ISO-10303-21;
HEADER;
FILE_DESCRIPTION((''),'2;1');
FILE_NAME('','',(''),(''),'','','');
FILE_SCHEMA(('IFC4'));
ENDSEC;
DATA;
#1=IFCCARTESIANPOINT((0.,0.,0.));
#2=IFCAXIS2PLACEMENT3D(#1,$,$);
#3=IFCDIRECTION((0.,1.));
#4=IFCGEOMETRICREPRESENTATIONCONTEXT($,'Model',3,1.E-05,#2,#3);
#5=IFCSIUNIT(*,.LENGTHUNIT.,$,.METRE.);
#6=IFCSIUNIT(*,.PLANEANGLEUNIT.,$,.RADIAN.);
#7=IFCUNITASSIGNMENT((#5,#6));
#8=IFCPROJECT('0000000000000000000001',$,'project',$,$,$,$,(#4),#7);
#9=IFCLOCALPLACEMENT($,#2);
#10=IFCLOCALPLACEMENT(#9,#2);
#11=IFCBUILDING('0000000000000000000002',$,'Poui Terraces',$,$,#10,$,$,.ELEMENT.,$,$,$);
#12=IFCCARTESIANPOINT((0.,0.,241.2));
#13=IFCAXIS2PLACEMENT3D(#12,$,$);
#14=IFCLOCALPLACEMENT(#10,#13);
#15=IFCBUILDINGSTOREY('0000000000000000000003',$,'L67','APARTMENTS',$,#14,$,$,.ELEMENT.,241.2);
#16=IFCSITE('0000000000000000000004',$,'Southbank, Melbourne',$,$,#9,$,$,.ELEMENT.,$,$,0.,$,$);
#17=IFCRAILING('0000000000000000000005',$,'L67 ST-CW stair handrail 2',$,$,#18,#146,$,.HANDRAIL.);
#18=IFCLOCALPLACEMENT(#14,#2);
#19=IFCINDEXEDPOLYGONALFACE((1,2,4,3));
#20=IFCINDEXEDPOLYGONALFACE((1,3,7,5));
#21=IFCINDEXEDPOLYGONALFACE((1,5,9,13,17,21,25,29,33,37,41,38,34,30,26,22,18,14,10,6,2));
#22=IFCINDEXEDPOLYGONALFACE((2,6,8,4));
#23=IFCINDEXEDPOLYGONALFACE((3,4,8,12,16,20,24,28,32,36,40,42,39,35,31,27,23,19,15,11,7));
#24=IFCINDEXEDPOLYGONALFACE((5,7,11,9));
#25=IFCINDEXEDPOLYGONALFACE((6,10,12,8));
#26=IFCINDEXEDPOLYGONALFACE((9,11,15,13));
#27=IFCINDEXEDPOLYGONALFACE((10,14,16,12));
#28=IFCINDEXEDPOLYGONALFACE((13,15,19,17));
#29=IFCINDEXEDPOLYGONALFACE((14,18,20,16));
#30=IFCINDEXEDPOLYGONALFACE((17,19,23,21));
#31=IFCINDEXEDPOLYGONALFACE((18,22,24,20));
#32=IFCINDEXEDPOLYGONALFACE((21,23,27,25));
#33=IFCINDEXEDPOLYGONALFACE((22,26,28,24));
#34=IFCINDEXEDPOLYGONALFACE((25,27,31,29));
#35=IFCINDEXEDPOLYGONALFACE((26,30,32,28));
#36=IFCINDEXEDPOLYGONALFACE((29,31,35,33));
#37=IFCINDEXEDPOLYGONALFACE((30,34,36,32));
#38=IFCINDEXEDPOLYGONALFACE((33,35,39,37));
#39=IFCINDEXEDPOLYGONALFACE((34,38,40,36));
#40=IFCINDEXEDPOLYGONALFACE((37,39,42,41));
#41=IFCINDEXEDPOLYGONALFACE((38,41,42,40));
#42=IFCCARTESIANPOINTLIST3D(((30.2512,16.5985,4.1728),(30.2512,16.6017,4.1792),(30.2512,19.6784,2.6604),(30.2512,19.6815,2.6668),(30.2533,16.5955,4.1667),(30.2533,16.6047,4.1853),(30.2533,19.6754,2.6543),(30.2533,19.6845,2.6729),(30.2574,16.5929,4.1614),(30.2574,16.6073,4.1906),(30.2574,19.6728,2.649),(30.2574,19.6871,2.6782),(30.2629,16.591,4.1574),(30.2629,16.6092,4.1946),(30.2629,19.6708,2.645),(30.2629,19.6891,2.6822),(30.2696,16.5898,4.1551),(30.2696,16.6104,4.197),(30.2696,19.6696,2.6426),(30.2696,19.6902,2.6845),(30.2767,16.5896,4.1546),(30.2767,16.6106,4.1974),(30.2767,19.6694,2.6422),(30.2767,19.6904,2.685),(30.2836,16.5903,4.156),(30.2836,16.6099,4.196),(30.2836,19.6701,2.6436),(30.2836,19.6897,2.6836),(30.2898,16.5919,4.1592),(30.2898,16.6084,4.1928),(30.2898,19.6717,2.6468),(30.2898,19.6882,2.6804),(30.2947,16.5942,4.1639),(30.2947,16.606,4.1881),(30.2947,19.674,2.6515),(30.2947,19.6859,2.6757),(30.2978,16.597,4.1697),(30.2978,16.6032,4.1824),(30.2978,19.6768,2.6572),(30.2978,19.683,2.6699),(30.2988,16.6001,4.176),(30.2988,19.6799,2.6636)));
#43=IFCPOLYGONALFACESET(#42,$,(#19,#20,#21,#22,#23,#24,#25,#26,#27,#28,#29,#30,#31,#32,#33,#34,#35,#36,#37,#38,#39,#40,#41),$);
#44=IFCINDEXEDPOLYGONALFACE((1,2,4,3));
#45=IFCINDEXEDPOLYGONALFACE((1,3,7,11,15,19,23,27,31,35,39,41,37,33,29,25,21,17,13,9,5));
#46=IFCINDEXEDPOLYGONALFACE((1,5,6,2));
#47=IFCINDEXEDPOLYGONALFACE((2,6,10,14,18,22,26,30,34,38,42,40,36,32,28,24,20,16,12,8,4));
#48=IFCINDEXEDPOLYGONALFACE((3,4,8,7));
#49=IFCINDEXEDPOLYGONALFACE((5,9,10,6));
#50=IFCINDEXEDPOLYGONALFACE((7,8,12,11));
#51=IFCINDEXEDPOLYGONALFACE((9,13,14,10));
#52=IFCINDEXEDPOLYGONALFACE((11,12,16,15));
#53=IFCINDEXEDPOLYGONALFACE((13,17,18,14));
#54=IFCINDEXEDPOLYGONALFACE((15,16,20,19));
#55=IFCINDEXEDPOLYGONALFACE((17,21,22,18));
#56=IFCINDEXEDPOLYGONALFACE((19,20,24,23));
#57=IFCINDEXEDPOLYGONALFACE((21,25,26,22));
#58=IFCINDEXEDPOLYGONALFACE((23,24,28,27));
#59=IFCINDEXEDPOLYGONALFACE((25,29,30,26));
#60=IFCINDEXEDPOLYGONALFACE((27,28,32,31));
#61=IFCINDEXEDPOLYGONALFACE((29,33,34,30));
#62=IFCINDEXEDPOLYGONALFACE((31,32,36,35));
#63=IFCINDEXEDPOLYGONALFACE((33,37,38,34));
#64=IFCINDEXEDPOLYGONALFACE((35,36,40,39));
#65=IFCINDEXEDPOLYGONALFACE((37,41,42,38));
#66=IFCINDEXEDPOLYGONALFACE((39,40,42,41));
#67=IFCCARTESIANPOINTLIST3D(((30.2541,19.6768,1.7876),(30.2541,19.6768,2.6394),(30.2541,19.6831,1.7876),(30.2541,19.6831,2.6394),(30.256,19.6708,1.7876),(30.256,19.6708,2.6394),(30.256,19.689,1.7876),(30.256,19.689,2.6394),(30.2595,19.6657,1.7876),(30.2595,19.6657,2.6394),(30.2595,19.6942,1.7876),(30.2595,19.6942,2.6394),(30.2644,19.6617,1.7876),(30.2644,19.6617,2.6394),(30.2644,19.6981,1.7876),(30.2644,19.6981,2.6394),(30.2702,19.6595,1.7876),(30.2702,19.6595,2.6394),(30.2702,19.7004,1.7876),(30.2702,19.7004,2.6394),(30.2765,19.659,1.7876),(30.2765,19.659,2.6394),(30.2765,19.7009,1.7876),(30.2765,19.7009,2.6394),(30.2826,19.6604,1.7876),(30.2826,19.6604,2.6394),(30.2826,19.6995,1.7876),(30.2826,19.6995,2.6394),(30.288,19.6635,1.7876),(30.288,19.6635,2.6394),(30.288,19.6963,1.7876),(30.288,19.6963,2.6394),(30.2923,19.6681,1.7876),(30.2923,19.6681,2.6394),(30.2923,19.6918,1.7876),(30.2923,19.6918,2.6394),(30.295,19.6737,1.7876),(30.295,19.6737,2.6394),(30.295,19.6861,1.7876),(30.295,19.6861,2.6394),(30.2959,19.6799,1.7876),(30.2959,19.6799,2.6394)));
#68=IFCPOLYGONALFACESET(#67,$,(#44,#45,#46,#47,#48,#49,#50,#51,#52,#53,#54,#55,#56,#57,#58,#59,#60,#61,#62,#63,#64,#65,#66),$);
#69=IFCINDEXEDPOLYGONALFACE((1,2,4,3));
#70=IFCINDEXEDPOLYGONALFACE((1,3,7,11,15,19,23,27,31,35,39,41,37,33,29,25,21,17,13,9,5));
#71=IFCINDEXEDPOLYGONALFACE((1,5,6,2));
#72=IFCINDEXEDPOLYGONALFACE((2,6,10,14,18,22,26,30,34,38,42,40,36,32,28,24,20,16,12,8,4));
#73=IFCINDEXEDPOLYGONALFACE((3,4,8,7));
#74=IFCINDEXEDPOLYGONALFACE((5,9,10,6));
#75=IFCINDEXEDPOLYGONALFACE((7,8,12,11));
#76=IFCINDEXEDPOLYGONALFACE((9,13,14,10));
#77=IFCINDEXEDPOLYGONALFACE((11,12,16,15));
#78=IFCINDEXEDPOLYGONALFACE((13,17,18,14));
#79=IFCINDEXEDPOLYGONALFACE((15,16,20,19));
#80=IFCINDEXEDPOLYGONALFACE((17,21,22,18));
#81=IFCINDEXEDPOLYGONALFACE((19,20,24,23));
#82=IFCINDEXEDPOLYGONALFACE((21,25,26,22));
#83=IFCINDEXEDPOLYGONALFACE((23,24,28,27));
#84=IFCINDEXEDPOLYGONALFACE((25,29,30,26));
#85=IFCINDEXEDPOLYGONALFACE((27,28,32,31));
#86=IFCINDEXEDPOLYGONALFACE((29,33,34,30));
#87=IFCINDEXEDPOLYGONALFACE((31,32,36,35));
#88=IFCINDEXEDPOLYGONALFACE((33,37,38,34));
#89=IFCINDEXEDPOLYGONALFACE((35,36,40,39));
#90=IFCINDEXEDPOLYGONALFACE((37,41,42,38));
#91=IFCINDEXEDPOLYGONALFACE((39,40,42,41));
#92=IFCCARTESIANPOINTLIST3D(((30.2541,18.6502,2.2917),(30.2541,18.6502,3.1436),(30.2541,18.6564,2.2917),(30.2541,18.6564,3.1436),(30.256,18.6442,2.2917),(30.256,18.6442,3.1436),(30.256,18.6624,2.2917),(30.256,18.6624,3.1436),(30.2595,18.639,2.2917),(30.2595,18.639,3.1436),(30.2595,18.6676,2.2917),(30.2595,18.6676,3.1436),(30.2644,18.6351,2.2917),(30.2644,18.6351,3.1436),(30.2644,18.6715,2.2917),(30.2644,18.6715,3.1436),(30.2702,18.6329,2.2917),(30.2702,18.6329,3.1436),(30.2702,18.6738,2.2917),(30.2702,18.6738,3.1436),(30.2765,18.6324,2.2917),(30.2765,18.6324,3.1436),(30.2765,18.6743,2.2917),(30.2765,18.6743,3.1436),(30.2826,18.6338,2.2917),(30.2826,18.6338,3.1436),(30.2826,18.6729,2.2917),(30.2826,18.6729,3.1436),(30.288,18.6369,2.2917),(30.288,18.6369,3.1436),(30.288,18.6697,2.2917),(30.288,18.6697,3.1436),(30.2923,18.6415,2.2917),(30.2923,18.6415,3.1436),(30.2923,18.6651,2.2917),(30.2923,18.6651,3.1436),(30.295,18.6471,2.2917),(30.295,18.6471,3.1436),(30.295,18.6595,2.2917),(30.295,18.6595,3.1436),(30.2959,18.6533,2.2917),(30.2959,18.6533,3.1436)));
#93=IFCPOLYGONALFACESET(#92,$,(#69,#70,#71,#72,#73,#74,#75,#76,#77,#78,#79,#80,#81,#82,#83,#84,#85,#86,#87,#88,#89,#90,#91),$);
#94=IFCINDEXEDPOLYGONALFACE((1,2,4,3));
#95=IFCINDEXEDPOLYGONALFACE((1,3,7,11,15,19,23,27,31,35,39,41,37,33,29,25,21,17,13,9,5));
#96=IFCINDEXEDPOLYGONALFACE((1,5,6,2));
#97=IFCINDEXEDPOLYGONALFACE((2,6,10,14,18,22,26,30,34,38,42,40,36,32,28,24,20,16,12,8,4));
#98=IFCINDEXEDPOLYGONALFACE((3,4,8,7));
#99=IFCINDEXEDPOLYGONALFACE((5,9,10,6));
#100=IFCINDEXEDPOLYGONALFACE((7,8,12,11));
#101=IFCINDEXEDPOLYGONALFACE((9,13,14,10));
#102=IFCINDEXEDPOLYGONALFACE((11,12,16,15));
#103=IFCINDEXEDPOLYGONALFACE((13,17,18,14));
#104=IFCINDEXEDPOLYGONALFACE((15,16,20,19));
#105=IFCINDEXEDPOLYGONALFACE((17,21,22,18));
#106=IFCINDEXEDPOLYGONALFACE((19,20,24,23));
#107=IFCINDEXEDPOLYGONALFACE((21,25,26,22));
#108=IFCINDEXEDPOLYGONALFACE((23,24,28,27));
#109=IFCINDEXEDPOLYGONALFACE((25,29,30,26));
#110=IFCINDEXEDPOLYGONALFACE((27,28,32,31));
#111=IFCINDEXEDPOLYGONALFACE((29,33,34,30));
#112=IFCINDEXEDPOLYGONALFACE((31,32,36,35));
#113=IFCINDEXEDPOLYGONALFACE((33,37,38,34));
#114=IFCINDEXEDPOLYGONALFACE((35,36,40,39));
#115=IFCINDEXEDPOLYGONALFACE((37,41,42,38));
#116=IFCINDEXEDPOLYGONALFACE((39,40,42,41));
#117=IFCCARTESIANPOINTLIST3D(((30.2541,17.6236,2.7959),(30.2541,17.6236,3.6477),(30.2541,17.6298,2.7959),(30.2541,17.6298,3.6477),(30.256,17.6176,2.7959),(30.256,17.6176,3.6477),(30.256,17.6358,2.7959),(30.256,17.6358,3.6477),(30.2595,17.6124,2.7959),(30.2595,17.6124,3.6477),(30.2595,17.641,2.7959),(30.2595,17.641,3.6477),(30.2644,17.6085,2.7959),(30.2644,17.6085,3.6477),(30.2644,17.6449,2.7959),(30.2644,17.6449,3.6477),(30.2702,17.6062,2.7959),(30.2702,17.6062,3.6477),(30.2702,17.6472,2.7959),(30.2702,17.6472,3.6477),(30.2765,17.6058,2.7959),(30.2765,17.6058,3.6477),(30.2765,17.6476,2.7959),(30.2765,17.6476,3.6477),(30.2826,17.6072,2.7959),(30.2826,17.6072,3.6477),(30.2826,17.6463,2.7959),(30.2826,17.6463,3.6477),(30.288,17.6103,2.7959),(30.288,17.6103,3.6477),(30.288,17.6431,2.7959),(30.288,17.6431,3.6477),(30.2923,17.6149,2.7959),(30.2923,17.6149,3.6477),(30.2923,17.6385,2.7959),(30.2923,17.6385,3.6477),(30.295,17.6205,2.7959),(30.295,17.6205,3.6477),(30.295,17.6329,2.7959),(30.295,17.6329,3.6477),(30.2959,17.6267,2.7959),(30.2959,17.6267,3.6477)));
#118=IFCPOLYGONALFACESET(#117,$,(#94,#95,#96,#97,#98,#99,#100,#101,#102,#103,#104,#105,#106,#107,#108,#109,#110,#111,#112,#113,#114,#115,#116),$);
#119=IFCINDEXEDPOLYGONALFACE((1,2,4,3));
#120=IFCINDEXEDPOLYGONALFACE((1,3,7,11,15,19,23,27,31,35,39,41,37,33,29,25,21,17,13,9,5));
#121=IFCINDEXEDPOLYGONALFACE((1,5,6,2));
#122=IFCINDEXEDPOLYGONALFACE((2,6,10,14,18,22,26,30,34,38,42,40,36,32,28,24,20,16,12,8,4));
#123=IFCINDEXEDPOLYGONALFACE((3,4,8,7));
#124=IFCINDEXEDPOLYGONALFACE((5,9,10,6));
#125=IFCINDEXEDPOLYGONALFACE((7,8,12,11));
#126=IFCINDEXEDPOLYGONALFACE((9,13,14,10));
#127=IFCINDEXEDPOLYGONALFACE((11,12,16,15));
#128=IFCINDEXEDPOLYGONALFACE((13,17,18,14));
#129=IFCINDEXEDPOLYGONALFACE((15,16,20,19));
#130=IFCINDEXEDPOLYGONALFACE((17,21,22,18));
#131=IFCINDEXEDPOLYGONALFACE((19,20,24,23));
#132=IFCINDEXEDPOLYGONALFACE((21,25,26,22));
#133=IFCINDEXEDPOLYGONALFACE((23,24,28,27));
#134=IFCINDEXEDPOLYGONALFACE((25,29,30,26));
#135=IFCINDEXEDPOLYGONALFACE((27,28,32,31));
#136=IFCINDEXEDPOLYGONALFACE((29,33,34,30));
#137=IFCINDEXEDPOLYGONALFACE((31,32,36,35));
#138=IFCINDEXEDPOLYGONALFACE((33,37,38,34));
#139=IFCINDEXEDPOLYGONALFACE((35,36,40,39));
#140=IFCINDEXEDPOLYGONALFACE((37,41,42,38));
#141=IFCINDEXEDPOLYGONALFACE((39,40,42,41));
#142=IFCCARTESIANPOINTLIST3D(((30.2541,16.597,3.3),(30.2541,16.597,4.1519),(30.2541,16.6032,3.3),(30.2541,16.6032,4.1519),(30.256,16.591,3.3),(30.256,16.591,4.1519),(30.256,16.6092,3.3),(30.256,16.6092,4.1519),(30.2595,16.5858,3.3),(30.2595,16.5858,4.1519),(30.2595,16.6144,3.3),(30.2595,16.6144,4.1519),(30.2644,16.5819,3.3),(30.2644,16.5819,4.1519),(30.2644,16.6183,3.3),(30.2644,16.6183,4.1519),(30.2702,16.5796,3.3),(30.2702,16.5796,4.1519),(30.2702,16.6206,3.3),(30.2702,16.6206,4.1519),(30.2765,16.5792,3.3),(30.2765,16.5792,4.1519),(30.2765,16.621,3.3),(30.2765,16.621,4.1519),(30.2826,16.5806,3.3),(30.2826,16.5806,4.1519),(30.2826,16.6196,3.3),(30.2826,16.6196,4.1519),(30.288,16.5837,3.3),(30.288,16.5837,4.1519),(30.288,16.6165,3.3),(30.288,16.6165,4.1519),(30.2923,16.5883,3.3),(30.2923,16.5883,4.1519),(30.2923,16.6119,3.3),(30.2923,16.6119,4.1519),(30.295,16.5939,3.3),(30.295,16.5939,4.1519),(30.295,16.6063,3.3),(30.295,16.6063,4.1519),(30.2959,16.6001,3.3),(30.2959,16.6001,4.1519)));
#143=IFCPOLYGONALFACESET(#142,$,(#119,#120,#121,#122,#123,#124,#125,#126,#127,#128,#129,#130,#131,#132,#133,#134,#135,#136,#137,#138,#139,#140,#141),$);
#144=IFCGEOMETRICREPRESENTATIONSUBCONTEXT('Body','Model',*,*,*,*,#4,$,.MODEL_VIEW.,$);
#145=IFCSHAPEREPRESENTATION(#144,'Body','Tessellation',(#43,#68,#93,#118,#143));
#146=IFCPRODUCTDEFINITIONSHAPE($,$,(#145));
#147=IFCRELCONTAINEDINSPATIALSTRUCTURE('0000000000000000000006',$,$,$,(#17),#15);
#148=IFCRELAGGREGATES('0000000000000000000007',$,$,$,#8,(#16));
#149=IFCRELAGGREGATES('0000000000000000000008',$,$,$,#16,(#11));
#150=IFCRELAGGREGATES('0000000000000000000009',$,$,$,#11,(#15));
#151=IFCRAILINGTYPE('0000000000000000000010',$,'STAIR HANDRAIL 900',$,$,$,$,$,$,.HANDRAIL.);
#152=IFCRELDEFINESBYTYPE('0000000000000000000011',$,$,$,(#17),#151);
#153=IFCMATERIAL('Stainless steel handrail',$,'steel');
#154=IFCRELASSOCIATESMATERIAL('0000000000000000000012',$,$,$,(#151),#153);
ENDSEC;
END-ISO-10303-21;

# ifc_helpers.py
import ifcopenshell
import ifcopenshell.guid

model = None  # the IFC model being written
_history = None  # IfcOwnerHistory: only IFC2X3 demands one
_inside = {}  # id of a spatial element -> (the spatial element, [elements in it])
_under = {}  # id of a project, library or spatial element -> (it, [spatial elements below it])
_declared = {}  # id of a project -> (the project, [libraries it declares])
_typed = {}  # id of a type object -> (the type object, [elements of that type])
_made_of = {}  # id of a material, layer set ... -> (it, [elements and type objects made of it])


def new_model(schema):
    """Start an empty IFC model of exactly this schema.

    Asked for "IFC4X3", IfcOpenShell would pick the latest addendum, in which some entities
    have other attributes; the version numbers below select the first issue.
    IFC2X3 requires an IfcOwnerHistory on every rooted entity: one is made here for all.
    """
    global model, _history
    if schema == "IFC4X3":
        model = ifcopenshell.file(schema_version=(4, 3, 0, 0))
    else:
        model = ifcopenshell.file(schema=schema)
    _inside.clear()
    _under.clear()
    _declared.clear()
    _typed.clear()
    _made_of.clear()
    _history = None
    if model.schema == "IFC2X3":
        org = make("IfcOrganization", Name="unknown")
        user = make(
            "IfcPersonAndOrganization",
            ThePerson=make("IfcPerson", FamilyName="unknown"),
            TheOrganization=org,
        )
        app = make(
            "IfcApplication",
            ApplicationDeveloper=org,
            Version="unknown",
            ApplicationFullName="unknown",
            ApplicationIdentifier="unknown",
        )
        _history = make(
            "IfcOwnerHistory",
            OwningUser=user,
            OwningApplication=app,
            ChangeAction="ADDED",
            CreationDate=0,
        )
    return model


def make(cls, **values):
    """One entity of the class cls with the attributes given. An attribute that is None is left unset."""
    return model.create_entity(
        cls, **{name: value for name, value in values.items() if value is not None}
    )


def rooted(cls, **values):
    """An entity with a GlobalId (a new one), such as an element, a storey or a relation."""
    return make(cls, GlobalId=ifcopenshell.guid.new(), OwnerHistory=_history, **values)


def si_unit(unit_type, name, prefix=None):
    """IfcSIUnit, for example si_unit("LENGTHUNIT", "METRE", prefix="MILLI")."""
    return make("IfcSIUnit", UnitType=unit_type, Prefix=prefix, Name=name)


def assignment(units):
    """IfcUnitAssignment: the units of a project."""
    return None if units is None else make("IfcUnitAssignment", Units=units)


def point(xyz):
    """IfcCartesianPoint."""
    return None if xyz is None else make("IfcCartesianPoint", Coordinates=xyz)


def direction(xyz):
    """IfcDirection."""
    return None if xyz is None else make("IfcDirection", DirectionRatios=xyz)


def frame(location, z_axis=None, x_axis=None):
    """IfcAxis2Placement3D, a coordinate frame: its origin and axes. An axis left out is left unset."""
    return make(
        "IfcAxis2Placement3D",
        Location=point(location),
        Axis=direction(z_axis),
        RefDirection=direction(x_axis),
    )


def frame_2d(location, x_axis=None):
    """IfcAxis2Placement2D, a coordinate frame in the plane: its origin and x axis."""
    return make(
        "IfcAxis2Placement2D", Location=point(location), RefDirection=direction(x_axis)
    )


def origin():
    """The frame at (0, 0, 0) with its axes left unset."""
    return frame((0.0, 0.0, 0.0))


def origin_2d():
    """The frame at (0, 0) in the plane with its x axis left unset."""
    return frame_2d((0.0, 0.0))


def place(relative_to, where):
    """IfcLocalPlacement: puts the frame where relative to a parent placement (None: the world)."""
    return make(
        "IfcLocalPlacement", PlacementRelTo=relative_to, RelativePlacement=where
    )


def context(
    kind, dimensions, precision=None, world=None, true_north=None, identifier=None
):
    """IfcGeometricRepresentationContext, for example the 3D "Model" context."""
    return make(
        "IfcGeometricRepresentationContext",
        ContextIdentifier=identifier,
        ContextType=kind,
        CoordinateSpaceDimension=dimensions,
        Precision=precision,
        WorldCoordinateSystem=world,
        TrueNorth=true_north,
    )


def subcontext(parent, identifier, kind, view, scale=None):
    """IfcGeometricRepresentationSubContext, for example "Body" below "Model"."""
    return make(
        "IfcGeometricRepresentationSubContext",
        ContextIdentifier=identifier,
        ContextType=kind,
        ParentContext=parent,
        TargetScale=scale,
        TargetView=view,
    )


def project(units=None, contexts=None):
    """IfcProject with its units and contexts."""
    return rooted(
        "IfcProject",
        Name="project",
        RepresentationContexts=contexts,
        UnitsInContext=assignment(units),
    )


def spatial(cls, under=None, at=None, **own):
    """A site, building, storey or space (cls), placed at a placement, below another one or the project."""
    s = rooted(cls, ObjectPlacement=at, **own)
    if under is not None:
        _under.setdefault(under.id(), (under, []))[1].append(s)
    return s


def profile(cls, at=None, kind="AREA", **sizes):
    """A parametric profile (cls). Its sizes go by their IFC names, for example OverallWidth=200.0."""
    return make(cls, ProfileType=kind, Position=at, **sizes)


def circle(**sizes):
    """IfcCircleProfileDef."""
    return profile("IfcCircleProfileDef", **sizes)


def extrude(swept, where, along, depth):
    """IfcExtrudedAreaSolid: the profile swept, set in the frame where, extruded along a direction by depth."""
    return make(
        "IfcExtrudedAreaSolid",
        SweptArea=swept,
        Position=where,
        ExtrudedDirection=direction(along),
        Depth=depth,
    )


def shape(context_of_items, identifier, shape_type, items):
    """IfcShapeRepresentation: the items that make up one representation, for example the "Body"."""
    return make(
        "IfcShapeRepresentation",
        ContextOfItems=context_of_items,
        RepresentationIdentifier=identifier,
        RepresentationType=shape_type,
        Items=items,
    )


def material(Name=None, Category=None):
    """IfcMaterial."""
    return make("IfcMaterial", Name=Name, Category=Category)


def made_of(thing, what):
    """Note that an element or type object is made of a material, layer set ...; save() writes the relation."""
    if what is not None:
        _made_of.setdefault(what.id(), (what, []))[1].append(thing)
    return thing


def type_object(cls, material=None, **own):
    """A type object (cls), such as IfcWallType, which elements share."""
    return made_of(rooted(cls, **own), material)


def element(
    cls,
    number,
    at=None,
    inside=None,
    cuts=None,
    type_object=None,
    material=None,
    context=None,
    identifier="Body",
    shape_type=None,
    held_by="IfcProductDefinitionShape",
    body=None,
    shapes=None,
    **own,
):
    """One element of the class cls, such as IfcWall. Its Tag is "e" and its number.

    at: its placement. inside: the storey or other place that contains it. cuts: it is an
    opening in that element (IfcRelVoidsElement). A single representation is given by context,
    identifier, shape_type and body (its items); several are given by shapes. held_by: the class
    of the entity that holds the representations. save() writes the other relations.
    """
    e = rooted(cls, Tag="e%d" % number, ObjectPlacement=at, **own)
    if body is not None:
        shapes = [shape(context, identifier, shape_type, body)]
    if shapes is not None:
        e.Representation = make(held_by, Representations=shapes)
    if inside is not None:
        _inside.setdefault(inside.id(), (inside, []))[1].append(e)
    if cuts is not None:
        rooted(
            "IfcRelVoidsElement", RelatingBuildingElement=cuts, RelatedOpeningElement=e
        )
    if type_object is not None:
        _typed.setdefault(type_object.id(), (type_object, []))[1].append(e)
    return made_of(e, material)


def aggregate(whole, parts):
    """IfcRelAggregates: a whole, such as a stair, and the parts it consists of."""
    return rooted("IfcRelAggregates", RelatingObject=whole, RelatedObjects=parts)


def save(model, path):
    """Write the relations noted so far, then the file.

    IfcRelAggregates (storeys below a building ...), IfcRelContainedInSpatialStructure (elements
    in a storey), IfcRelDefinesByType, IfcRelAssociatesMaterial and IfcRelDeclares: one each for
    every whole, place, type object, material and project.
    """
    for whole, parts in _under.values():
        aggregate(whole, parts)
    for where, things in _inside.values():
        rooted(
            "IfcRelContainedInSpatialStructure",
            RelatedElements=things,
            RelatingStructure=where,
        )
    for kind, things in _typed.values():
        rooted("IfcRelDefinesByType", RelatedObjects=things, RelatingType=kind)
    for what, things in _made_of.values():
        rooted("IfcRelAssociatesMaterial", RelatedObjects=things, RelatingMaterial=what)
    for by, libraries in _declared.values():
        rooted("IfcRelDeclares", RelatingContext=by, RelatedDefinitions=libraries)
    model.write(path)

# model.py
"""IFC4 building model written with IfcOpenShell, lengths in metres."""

from ifc_helpers import new_model, si_unit, direction, frame, origin, origin_2d, place, context, subcontext, project, spatial, circle, extrude, material, type_object, element, save


model = new_model("IFC4")

# Units and contexts
model_context = context("Model", 3, precision=1e-05, world=origin(), true_north=direction((0.0, 1.0)))
body_context = subcontext(model_context, "Body", "Model", "MODEL_VIEW")
ifc_project = project(units=[si_unit("LENGTHUNIT", "METRE"), si_unit("PLANEANGLEUNIT", "RADIAN")], contexts=[model_context])

# Site, building, storey
site_placement = place(None, origin())
site = spatial("IfcSite", under=ifc_project, at=site_placement, Name="Southbank, Melbourne", CompositionType="ELEMENT", RefElevation=0.0)
building_placement = place(site_placement, origin())
building = spatial("IfcBuilding", under=site, at=building_placement, Name="Poui Terraces", CompositionType="ELEMENT")
storey_placement = place(building_placement, frame((0.0, 0.0, 241.2)))
storey = spatial("IfcBuildingStorey", under=building, at=storey_placement, Name="L67", Description="APARTMENTS", CompositionType="ELEMENT", Elevation=241.2)

# Railing
ifc_material_1 = material(Name="Stainless steel handrail", Category="steel")
railing_type_1 = type_object("IfcRailingType", Name="STAIR HANDRAIL 900", PredefinedType="HANDRAIL", material=ifc_material_1)
railing_1_placement = place(storey_placement, frame((30.2749, 19.6799, 1.7876)))
element("IfcRailing", 1, at=railing_1_placement, inside=storey, type_object=railing_type_1, Name="L67 ST-CW stair handrail 2", PredefinedType="HANDRAIL", context=body_context, shape_type="SweptSolid", body=[
    extrude(circle(Radius=0.0239, at=origin_2d()), frame((0.0, 0.0, 0.876), z_axis=(0.0, -0.897606, 0.440798), x_axis=(1.0, 0.0, 0.0)), (0.0, 0.0, 1.0), 3.4312),
    extrude(circle(Radius=0.021, at=origin_2d()), origin(), (0.0, 0.0, 1.0), 0.8518),
    extrude(circle(Radius=0.021, at=origin_2d()), frame((0.0, -1.0266, 0.5042)), (0.0, 0.0, 1.0), 0.8518),
    extrude(circle(Radius=0.021, at=origin_2d()), frame((0.0, -2.0532, 1.0083)), (0.0, 0.0, 1.0), 0.8518),
    extrude(circle(Radius=0.021, at=origin_2d()), frame((0.0, -3.0798, 1.5125)), (0.0, 0.0, 1.0), 0.8518),
])

save(model, "model.ifc")
